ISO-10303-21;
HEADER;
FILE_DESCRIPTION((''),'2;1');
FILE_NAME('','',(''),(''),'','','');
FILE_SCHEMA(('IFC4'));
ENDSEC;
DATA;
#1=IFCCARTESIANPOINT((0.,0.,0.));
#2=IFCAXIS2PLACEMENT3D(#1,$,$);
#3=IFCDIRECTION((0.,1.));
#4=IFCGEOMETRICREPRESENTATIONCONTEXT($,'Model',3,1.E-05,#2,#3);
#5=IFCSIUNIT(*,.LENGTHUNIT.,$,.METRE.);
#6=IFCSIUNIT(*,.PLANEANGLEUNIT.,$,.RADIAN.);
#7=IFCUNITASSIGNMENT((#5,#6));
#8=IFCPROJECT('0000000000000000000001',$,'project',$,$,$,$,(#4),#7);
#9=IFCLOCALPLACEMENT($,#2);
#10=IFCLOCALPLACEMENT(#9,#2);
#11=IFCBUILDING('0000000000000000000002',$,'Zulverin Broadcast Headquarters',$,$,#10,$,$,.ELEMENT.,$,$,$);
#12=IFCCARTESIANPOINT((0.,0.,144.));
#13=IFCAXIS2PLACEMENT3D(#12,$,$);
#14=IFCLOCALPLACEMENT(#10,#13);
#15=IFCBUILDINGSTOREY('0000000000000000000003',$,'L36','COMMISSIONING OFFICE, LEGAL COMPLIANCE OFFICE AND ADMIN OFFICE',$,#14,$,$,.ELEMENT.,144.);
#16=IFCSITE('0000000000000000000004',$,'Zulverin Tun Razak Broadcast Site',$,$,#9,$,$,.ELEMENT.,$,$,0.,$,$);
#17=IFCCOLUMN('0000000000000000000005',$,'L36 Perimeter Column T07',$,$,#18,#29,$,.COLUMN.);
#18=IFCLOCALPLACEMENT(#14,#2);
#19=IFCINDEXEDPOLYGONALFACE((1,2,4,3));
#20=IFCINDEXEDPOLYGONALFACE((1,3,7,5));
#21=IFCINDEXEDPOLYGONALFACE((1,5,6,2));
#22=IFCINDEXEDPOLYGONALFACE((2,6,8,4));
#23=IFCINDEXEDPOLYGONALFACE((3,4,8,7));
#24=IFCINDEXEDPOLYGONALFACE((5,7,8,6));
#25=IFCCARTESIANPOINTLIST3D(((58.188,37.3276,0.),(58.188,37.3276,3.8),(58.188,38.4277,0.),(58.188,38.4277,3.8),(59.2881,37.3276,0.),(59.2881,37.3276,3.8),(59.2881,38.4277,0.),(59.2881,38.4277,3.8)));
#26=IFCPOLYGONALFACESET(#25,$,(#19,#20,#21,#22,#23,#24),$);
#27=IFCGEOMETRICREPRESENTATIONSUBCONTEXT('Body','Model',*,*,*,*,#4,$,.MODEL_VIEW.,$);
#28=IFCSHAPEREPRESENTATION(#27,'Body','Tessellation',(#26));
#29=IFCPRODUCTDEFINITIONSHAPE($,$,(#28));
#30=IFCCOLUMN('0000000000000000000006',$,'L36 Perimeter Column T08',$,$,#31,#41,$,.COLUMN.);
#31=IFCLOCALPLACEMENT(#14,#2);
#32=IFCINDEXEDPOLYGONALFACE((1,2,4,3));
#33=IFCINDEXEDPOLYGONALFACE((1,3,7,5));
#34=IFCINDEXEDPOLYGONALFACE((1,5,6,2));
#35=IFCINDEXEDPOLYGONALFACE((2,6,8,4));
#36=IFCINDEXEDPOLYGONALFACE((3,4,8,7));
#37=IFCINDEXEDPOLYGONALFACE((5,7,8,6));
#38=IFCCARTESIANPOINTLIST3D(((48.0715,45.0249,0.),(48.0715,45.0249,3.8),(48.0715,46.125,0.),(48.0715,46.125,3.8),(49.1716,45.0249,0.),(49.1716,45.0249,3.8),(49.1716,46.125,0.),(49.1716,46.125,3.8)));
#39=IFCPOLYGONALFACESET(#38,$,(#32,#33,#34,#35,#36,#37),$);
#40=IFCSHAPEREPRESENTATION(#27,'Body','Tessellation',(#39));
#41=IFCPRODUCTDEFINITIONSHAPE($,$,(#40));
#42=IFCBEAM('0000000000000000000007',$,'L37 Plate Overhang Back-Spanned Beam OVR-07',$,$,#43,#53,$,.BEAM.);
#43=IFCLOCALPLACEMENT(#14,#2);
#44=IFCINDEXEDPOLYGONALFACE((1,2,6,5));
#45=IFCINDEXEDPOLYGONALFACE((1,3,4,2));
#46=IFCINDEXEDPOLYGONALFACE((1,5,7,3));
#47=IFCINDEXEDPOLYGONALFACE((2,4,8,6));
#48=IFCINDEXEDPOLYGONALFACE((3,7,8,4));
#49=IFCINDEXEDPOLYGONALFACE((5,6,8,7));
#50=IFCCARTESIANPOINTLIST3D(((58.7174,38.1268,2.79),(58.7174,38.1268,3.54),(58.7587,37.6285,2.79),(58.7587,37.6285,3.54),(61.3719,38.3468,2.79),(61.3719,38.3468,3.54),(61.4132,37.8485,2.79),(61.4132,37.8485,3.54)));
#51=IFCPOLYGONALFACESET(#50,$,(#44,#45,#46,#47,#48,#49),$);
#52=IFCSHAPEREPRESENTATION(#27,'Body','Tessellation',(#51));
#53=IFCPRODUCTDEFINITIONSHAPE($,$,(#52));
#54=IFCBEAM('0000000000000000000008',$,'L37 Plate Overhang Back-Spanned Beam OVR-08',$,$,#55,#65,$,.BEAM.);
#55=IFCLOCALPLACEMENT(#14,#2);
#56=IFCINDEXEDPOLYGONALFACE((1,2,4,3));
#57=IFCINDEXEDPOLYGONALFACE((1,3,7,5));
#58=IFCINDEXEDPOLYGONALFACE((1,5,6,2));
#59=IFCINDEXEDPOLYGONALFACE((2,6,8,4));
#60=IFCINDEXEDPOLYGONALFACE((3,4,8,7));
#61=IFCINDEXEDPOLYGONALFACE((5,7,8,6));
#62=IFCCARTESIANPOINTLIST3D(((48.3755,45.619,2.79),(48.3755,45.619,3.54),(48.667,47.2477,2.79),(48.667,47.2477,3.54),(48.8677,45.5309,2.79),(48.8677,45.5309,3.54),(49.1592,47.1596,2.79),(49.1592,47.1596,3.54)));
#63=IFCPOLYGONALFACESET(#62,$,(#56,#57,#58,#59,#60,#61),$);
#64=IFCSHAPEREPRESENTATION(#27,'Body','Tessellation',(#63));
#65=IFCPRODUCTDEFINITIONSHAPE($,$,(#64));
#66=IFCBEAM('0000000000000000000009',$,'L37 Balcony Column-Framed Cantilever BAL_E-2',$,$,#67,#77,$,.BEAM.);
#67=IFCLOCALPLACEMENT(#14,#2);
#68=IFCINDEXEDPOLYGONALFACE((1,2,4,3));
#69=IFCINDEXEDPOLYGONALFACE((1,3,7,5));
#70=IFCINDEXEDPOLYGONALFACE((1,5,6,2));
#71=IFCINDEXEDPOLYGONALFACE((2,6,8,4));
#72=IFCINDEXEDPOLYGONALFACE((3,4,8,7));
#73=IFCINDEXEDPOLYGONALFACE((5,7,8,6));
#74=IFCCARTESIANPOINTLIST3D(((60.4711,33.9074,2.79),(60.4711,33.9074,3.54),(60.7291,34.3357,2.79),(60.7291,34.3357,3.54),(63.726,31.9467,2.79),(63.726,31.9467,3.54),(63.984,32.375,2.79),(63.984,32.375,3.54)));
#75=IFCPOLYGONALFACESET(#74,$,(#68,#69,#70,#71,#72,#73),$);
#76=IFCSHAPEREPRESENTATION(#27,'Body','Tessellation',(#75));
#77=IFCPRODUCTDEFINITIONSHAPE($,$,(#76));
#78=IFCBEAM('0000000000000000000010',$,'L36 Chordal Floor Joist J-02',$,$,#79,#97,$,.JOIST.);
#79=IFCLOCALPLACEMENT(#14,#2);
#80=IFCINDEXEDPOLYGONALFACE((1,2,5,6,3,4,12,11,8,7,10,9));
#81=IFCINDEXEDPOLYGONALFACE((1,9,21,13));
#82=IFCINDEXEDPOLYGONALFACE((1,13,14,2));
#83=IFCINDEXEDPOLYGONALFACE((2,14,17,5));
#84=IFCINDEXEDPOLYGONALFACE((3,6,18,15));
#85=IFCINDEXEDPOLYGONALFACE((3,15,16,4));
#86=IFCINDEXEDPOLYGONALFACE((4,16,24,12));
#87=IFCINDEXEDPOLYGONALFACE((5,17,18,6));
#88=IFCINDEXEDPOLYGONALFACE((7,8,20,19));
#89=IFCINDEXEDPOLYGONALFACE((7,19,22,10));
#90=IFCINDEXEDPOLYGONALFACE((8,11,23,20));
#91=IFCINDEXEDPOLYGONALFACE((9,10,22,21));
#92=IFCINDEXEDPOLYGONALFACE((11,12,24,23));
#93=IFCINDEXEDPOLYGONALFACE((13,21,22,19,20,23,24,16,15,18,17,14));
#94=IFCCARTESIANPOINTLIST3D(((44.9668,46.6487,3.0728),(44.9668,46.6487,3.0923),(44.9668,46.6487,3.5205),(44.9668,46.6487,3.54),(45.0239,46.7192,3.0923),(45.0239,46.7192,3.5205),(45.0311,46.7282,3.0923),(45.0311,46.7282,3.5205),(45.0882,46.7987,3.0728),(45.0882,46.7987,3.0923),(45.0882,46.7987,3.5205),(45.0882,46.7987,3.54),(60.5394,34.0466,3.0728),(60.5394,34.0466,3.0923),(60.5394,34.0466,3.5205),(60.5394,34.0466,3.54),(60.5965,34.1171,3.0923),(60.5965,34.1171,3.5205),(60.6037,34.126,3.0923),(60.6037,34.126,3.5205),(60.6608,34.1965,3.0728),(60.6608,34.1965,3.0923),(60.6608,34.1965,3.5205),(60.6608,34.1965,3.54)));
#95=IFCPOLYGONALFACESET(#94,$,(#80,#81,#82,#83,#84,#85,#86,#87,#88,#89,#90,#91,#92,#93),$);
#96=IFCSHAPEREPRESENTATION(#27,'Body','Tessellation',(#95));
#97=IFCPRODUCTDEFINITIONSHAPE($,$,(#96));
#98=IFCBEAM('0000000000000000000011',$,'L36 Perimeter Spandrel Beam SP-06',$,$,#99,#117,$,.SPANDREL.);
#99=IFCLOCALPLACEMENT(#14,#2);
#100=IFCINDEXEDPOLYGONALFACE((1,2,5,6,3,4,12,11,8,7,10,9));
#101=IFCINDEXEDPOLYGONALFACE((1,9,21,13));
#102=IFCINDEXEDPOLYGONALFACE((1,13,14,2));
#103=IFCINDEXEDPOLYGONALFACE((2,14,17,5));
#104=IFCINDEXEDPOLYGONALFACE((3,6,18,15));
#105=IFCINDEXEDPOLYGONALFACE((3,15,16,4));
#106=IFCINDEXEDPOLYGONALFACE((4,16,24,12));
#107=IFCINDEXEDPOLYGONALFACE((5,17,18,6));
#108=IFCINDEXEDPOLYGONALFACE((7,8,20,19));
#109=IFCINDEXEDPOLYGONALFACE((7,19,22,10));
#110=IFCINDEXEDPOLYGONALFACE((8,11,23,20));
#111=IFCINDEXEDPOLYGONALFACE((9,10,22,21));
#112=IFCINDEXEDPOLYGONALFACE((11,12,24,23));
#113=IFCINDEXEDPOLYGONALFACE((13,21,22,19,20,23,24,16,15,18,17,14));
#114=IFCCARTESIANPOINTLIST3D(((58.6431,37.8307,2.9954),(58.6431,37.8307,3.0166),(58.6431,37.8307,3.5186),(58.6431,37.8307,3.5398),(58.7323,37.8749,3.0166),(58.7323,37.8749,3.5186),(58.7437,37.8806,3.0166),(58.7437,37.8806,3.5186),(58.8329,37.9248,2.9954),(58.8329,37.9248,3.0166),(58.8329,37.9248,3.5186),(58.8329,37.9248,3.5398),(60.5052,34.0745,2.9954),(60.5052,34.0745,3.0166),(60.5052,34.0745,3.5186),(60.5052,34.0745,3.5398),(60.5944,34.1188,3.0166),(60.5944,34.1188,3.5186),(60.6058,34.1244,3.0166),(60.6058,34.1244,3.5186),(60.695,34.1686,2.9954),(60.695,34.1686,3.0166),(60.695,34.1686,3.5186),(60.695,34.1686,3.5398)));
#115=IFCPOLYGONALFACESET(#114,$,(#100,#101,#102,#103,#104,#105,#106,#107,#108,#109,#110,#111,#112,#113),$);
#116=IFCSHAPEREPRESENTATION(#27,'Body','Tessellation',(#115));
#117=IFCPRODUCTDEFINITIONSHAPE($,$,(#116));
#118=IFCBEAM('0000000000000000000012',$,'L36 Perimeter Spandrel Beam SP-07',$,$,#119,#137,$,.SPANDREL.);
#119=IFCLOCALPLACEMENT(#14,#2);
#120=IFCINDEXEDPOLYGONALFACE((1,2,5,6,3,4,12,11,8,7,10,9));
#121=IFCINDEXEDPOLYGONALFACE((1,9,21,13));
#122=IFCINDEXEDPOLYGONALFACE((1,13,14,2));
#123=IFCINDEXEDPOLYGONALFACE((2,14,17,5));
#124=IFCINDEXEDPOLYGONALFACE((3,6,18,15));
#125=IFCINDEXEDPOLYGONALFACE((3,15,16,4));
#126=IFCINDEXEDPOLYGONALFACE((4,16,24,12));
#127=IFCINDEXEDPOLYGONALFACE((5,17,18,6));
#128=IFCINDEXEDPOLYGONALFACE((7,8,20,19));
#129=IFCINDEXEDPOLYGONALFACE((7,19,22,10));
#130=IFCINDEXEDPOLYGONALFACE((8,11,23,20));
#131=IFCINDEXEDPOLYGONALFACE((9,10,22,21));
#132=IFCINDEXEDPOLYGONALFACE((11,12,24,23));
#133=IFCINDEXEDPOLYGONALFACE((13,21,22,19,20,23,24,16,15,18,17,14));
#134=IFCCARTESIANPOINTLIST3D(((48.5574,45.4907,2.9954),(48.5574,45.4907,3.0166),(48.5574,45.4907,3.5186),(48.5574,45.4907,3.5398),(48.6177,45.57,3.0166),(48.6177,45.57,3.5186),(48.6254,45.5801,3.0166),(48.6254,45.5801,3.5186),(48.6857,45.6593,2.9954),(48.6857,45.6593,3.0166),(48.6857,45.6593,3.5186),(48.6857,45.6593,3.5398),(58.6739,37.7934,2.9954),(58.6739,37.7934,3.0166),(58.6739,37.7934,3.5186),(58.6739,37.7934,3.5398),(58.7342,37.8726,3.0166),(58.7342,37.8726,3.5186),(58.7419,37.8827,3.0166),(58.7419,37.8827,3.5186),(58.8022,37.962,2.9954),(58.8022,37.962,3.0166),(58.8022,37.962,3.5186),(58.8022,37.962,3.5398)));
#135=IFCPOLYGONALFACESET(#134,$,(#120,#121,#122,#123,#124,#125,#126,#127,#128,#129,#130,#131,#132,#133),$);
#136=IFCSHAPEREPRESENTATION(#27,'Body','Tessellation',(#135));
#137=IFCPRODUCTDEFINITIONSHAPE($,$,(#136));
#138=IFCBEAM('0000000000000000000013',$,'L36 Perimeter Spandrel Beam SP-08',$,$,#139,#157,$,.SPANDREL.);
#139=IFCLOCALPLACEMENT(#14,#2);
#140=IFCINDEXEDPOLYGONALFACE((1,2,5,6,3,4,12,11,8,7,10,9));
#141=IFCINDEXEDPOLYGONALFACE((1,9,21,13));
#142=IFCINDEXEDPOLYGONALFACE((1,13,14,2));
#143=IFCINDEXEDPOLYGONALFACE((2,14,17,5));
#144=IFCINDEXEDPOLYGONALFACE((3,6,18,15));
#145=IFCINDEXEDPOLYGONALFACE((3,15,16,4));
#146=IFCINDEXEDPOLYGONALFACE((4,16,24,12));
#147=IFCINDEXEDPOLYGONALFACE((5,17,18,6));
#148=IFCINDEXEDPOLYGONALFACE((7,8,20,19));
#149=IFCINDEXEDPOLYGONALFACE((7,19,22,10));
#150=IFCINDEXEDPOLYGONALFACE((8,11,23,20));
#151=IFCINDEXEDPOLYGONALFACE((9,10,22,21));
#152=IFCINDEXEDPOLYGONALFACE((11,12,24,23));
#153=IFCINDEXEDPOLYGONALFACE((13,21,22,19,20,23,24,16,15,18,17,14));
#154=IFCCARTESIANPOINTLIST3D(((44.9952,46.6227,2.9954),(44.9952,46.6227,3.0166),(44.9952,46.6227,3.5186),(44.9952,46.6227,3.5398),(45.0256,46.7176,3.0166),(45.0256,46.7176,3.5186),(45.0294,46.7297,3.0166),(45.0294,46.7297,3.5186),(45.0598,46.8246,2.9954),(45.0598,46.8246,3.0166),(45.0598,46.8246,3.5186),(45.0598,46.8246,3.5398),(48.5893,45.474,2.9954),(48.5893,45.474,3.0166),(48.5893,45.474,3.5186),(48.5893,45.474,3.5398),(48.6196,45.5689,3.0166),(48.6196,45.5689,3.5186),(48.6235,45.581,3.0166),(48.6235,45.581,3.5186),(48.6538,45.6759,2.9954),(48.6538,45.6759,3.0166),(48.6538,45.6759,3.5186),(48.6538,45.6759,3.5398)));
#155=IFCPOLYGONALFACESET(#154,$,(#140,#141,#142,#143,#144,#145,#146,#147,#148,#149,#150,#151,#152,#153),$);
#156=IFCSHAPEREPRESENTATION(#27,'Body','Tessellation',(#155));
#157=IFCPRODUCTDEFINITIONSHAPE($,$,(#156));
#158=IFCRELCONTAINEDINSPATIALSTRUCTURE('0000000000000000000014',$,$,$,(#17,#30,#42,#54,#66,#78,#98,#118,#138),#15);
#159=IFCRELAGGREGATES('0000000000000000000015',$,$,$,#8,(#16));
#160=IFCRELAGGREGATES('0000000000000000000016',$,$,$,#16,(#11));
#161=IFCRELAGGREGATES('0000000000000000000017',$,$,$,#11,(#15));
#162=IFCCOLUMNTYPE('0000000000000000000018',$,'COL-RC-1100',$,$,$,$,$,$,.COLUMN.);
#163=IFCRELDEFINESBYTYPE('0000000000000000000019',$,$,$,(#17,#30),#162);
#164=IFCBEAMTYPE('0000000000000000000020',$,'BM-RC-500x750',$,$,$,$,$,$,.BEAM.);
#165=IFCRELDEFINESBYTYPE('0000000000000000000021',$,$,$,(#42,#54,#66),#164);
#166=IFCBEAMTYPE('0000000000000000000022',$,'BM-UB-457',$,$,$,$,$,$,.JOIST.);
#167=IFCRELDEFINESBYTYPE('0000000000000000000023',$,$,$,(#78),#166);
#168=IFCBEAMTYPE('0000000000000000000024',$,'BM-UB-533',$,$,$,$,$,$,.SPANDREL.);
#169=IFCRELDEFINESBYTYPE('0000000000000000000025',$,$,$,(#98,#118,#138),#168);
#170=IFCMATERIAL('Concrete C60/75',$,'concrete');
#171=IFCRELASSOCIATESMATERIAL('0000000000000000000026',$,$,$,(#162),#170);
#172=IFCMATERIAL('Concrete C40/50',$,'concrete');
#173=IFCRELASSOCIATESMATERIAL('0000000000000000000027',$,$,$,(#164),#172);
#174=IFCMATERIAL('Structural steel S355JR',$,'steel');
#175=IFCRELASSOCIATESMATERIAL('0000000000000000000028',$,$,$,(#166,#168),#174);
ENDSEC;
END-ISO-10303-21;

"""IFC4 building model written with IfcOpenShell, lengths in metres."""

from ifc_helpers import new_model, si_unit, direction, frame, origin, origin_2d, place, context, subcontext, project, spatial, rectangle, i_section, extrude, material, material_profile, profile_set, type_object, element, save


model = new_model("IFC4")

# Units and contexts
model_context = context("Model", 3, precision=1e-05, world=origin(), true_north=direction((0.0, 1.0)))
body_context = subcontext(model_context, "Body", "Model", "MODEL_VIEW")
ifc_project = project(units=[si_unit("LENGTHUNIT", "METRE"), si_unit("PLANEANGLEUNIT", "RADIAN")], contexts=[model_context])

# Site, building, storey
site_placement = place(None, origin())
site = spatial("IfcSite", under=ifc_project, at=site_placement, Name="Zulverin Tun Razak Broadcast Site", CompositionType="ELEMENT", RefElevation=0.0)
building_placement = place(site_placement, origin())
building = spatial("IfcBuilding", under=site, at=building_placement, Name="Zulverin Broadcast Headquarters", CompositionType="ELEMENT")
storey_placement = place(building_placement, frame((0.0, 0.0, 144.0)))
storey = spatial("IfcBuildingStorey", under=building, at=storey_placement, Name="L36", Description="COMMISSIONING OFFICE, LEGAL COMPLIANCE OFFICE AND ADMIN OFFICE", CompositionType="ELEMENT", Elevation=144.0)

# Columns
ifc_material_1 = material(Name="Concrete C60/75", Category="concrete")
ifc_material_profile_1 = material_profile(ifc_material_1, rectangle(XDim=1.1001, YDim=1.1001, at=origin_2d()), Name="Concrete C60/75", Category="concrete")
ifc_profile_set_1 = profile_set([ifc_material_profile_1], Name="Concrete C60/75")
column_type = type_object("IfcColumnType", Name="COL-RC-1100", PredefinedType="COLUMN", material=ifc_profile_set_1)
for number, where, z_axis, x_axis, name in (
    (1, (58.738, 37.8777, 0.0), (0.0, 0.0, 1.0), (1.0, 0.0, 0.0), "L36 Perimeter Column T07"),
    (2, (48.6216, 45.575, 0.0), (0.0, 0.0, 1.0), (1.0, 0.0, 0.0), "L36 Perimeter Column T08"),
):
    element("IfcColumn", number, at=place(storey_placement, frame(where, z_axis=z_axis, x_axis=x_axis)), inside=storey, type_object=column_type, Name=name, PredefinedType="COLUMN", context=body_context, shape_type="SweptSolid", body=[
        extrude(rectangle(XDim=1.1001, YDim=1.1001, at=origin_2d()), origin(), (0.0, 0.0, 1.0), 3.8),
    ])

# Beams
ifc_material_2 = material(Name="Concrete C40/50", Category="concrete")
ifc_material_profile_2 = material_profile(ifc_material_2, rectangle(XDim=0.5, YDim=0.75, at=origin_2d()), Name="Concrete C40/50", Category="concrete")
ifc_profile_set_2 = profile_set([ifc_material_profile_2], Name="Concrete C40/50")
beam_type_1 = type_object("IfcBeamType", Name="BM-RC-500x750", PredefinedType="BEAM", material=ifc_profile_set_2)
beam_1_placement = place(storey_placement, frame((58.738, 37.8777, 3.165), z_axis=(0.996584, 0.082583, 0.0), x_axis=(-0.082583, 0.996584, 0.0)))
element("IfcBeam", 3, at=beam_1_placement, inside=storey, type_object=beam_type_1, Name="L37 Plate Overhang Back-Spanned Beam OVR-07", PredefinedType="BEAM", context=body_context, shape_type="SweptSolid", body=[
    extrude(rectangle(XDim=0.5, YDim=0.75, at=origin_2d()), origin(), (0.0, 0.0, 1.0), 2.6636),
])
beam_2_placement = place(storey_placement, frame((48.6216, 45.575, 3.165), z_axis=(0.176184, 0.984357, 0.0), x_axis=(-0.984357, 0.176184, 0.0)))
element("IfcBeam", 4, at=beam_2_placement, inside=storey, type_object=beam_type_1, Name="L37 Plate Overhang Back-Spanned Beam OVR-08", PredefinedType="BEAM", context=body_context, shape_type="SweptSolid", body=[
    extrude(rectangle(XDim=0.5, YDim=0.75, at=origin_2d()), origin(), (0.0, 0.0, 1.0), 1.6545),
])
beam_3_placement = place(storey_placement, frame((60.6001, 34.1216, 3.165), z_axis=(0.85659, -0.515997, 0.0), x_axis=(0.515997, 0.85659, 0.0)))
element("IfcBeam", 5, at=beam_3_placement, inside=storey, type_object=beam_type_1, Name="L37 Balcony Column-Framed Cantilever BAL_E-2", PredefinedType="BEAM", context=body_context, shape_type="SweptSolid", body=[
    extrude(rectangle(XDim=0.5, YDim=0.75, at=origin_2d()), origin(), (0.0, 0.0, 1.0), 3.7998),
])
ifc_material_3 = material(Name="Structural steel S355JR", Category="steel")
ifc_material_profile_3 = material_profile(ifc_material_3, i_section(OverallWidth=0.1929, OverallDepth=0.4673, WebThickness=0.0115, FlangeThickness=0.0195, at=origin_2d()), Name="Structural steel S355JR", Category="steel")
ifc_profile_set_3 = profile_set([ifc_material_profile_3], Name="Structural steel S355JR")
beam_type_2 = type_object("IfcBeamType", Name="BM-UB-457", PredefinedType="JOIST", material=ifc_profile_set_3)
beam_4_placement = place(storey_placement, frame((60.6001, 34.1216, 3.3064), z_axis=(-0.777349, 0.62907, 0.0), x_axis=(-0.62907, -0.777349, 0.0)))
element("IfcBeam", 6, at=beam_4_placement, inside=storey, type_object=beam_type_2, Name="L36 Chordal Floor Joist J-02", PredefinedType="JOIST", context=body_context, shape_type="SweptSolid", body=[
    extrude(i_section(OverallWidth=0.1929, OverallDepth=0.4673, WebThickness=0.0115, FlangeThickness=0.0195, at=origin_2d()), origin(), (0.0, 0.0, 1.0), 20.033),
])
ifc_material_profile_4 = material_profile(ifc_material_3, i_section(OverallWidth=0.2119, OverallDepth=0.5444, WebThickness=0.0127, FlangeThickness=0.0212, at=origin_2d()), Name="Structural steel S355JR", Category="steel")
ifc_profile_set_4 = profile_set([ifc_material_profile_4], Name="Structural steel S355JR")
beam_type_3 = type_object("IfcBeamType", Name="BM-UB-533", PredefinedType="SPANDREL", material=ifc_profile_set_4)
beam_5_placement = place(storey_placement, frame((60.6001, 34.1216, 3.2676), z_axis=(-0.444159, 0.895948, 0.0), x_axis=(-0.895948, -0.444159, 0.0)))
element("IfcBeam", 7, at=beam_5_placement, inside=storey, type_object=beam_type_3, Name="L36 Perimeter Spandrel Beam SP-06", PredefinedType="SPANDREL", context=body_context, shape_type="SweptSolid", body=[
    extrude(i_section(OverallWidth=0.2119, OverallDepth=0.5444, WebThickness=0.0127, FlangeThickness=0.0212, at=origin_2d()), origin(), (0.0, 0.0, 1.0), 4.1924),
])
beam_6_placement = place(storey_placement, frame((58.738, 37.8777, 3.2676), z_axis=(-0.79583, 0.60552, 0.0), x_axis=(-0.60552, -0.79583, 0.0)))
element("IfcBeam", 8, at=beam_6_placement, inside=storey, type_object=beam_type_3, Name="L36 Perimeter Spandrel Beam SP-07", PredefinedType="SPANDREL", context=body_context, shape_type="SweptSolid", body=[
    extrude(i_section(OverallWidth=0.2119, OverallDepth=0.5444, WebThickness=0.0127, FlangeThickness=0.0212, at=origin_2d()), origin(), (0.0, 0.0, 1.0), 12.7119),
])
beam_7_placement = place(storey_placement, frame((48.6216, 45.575, 3.2676), z_axis=(-0.952532, 0.30444, 0.0), x_axis=(-0.30444, -0.952532, 0.0)))
element("IfcBeam", 9, at=beam_7_placement, inside=storey, type_object=beam_type_3, Name="L36 Perimeter Spandrel Beam SP-08", PredefinedType="SPANDREL", context=body_context, shape_type="SweptSolid", body=[
    extrude(i_section(OverallWidth=0.2119, OverallDepth=0.5444, WebThickness=0.0127, FlangeThickness=0.0212, at=origin_2d()), origin(), (0.0, 0.0, 1.0), 3.7732),
])

save(model, "model.ifc")
